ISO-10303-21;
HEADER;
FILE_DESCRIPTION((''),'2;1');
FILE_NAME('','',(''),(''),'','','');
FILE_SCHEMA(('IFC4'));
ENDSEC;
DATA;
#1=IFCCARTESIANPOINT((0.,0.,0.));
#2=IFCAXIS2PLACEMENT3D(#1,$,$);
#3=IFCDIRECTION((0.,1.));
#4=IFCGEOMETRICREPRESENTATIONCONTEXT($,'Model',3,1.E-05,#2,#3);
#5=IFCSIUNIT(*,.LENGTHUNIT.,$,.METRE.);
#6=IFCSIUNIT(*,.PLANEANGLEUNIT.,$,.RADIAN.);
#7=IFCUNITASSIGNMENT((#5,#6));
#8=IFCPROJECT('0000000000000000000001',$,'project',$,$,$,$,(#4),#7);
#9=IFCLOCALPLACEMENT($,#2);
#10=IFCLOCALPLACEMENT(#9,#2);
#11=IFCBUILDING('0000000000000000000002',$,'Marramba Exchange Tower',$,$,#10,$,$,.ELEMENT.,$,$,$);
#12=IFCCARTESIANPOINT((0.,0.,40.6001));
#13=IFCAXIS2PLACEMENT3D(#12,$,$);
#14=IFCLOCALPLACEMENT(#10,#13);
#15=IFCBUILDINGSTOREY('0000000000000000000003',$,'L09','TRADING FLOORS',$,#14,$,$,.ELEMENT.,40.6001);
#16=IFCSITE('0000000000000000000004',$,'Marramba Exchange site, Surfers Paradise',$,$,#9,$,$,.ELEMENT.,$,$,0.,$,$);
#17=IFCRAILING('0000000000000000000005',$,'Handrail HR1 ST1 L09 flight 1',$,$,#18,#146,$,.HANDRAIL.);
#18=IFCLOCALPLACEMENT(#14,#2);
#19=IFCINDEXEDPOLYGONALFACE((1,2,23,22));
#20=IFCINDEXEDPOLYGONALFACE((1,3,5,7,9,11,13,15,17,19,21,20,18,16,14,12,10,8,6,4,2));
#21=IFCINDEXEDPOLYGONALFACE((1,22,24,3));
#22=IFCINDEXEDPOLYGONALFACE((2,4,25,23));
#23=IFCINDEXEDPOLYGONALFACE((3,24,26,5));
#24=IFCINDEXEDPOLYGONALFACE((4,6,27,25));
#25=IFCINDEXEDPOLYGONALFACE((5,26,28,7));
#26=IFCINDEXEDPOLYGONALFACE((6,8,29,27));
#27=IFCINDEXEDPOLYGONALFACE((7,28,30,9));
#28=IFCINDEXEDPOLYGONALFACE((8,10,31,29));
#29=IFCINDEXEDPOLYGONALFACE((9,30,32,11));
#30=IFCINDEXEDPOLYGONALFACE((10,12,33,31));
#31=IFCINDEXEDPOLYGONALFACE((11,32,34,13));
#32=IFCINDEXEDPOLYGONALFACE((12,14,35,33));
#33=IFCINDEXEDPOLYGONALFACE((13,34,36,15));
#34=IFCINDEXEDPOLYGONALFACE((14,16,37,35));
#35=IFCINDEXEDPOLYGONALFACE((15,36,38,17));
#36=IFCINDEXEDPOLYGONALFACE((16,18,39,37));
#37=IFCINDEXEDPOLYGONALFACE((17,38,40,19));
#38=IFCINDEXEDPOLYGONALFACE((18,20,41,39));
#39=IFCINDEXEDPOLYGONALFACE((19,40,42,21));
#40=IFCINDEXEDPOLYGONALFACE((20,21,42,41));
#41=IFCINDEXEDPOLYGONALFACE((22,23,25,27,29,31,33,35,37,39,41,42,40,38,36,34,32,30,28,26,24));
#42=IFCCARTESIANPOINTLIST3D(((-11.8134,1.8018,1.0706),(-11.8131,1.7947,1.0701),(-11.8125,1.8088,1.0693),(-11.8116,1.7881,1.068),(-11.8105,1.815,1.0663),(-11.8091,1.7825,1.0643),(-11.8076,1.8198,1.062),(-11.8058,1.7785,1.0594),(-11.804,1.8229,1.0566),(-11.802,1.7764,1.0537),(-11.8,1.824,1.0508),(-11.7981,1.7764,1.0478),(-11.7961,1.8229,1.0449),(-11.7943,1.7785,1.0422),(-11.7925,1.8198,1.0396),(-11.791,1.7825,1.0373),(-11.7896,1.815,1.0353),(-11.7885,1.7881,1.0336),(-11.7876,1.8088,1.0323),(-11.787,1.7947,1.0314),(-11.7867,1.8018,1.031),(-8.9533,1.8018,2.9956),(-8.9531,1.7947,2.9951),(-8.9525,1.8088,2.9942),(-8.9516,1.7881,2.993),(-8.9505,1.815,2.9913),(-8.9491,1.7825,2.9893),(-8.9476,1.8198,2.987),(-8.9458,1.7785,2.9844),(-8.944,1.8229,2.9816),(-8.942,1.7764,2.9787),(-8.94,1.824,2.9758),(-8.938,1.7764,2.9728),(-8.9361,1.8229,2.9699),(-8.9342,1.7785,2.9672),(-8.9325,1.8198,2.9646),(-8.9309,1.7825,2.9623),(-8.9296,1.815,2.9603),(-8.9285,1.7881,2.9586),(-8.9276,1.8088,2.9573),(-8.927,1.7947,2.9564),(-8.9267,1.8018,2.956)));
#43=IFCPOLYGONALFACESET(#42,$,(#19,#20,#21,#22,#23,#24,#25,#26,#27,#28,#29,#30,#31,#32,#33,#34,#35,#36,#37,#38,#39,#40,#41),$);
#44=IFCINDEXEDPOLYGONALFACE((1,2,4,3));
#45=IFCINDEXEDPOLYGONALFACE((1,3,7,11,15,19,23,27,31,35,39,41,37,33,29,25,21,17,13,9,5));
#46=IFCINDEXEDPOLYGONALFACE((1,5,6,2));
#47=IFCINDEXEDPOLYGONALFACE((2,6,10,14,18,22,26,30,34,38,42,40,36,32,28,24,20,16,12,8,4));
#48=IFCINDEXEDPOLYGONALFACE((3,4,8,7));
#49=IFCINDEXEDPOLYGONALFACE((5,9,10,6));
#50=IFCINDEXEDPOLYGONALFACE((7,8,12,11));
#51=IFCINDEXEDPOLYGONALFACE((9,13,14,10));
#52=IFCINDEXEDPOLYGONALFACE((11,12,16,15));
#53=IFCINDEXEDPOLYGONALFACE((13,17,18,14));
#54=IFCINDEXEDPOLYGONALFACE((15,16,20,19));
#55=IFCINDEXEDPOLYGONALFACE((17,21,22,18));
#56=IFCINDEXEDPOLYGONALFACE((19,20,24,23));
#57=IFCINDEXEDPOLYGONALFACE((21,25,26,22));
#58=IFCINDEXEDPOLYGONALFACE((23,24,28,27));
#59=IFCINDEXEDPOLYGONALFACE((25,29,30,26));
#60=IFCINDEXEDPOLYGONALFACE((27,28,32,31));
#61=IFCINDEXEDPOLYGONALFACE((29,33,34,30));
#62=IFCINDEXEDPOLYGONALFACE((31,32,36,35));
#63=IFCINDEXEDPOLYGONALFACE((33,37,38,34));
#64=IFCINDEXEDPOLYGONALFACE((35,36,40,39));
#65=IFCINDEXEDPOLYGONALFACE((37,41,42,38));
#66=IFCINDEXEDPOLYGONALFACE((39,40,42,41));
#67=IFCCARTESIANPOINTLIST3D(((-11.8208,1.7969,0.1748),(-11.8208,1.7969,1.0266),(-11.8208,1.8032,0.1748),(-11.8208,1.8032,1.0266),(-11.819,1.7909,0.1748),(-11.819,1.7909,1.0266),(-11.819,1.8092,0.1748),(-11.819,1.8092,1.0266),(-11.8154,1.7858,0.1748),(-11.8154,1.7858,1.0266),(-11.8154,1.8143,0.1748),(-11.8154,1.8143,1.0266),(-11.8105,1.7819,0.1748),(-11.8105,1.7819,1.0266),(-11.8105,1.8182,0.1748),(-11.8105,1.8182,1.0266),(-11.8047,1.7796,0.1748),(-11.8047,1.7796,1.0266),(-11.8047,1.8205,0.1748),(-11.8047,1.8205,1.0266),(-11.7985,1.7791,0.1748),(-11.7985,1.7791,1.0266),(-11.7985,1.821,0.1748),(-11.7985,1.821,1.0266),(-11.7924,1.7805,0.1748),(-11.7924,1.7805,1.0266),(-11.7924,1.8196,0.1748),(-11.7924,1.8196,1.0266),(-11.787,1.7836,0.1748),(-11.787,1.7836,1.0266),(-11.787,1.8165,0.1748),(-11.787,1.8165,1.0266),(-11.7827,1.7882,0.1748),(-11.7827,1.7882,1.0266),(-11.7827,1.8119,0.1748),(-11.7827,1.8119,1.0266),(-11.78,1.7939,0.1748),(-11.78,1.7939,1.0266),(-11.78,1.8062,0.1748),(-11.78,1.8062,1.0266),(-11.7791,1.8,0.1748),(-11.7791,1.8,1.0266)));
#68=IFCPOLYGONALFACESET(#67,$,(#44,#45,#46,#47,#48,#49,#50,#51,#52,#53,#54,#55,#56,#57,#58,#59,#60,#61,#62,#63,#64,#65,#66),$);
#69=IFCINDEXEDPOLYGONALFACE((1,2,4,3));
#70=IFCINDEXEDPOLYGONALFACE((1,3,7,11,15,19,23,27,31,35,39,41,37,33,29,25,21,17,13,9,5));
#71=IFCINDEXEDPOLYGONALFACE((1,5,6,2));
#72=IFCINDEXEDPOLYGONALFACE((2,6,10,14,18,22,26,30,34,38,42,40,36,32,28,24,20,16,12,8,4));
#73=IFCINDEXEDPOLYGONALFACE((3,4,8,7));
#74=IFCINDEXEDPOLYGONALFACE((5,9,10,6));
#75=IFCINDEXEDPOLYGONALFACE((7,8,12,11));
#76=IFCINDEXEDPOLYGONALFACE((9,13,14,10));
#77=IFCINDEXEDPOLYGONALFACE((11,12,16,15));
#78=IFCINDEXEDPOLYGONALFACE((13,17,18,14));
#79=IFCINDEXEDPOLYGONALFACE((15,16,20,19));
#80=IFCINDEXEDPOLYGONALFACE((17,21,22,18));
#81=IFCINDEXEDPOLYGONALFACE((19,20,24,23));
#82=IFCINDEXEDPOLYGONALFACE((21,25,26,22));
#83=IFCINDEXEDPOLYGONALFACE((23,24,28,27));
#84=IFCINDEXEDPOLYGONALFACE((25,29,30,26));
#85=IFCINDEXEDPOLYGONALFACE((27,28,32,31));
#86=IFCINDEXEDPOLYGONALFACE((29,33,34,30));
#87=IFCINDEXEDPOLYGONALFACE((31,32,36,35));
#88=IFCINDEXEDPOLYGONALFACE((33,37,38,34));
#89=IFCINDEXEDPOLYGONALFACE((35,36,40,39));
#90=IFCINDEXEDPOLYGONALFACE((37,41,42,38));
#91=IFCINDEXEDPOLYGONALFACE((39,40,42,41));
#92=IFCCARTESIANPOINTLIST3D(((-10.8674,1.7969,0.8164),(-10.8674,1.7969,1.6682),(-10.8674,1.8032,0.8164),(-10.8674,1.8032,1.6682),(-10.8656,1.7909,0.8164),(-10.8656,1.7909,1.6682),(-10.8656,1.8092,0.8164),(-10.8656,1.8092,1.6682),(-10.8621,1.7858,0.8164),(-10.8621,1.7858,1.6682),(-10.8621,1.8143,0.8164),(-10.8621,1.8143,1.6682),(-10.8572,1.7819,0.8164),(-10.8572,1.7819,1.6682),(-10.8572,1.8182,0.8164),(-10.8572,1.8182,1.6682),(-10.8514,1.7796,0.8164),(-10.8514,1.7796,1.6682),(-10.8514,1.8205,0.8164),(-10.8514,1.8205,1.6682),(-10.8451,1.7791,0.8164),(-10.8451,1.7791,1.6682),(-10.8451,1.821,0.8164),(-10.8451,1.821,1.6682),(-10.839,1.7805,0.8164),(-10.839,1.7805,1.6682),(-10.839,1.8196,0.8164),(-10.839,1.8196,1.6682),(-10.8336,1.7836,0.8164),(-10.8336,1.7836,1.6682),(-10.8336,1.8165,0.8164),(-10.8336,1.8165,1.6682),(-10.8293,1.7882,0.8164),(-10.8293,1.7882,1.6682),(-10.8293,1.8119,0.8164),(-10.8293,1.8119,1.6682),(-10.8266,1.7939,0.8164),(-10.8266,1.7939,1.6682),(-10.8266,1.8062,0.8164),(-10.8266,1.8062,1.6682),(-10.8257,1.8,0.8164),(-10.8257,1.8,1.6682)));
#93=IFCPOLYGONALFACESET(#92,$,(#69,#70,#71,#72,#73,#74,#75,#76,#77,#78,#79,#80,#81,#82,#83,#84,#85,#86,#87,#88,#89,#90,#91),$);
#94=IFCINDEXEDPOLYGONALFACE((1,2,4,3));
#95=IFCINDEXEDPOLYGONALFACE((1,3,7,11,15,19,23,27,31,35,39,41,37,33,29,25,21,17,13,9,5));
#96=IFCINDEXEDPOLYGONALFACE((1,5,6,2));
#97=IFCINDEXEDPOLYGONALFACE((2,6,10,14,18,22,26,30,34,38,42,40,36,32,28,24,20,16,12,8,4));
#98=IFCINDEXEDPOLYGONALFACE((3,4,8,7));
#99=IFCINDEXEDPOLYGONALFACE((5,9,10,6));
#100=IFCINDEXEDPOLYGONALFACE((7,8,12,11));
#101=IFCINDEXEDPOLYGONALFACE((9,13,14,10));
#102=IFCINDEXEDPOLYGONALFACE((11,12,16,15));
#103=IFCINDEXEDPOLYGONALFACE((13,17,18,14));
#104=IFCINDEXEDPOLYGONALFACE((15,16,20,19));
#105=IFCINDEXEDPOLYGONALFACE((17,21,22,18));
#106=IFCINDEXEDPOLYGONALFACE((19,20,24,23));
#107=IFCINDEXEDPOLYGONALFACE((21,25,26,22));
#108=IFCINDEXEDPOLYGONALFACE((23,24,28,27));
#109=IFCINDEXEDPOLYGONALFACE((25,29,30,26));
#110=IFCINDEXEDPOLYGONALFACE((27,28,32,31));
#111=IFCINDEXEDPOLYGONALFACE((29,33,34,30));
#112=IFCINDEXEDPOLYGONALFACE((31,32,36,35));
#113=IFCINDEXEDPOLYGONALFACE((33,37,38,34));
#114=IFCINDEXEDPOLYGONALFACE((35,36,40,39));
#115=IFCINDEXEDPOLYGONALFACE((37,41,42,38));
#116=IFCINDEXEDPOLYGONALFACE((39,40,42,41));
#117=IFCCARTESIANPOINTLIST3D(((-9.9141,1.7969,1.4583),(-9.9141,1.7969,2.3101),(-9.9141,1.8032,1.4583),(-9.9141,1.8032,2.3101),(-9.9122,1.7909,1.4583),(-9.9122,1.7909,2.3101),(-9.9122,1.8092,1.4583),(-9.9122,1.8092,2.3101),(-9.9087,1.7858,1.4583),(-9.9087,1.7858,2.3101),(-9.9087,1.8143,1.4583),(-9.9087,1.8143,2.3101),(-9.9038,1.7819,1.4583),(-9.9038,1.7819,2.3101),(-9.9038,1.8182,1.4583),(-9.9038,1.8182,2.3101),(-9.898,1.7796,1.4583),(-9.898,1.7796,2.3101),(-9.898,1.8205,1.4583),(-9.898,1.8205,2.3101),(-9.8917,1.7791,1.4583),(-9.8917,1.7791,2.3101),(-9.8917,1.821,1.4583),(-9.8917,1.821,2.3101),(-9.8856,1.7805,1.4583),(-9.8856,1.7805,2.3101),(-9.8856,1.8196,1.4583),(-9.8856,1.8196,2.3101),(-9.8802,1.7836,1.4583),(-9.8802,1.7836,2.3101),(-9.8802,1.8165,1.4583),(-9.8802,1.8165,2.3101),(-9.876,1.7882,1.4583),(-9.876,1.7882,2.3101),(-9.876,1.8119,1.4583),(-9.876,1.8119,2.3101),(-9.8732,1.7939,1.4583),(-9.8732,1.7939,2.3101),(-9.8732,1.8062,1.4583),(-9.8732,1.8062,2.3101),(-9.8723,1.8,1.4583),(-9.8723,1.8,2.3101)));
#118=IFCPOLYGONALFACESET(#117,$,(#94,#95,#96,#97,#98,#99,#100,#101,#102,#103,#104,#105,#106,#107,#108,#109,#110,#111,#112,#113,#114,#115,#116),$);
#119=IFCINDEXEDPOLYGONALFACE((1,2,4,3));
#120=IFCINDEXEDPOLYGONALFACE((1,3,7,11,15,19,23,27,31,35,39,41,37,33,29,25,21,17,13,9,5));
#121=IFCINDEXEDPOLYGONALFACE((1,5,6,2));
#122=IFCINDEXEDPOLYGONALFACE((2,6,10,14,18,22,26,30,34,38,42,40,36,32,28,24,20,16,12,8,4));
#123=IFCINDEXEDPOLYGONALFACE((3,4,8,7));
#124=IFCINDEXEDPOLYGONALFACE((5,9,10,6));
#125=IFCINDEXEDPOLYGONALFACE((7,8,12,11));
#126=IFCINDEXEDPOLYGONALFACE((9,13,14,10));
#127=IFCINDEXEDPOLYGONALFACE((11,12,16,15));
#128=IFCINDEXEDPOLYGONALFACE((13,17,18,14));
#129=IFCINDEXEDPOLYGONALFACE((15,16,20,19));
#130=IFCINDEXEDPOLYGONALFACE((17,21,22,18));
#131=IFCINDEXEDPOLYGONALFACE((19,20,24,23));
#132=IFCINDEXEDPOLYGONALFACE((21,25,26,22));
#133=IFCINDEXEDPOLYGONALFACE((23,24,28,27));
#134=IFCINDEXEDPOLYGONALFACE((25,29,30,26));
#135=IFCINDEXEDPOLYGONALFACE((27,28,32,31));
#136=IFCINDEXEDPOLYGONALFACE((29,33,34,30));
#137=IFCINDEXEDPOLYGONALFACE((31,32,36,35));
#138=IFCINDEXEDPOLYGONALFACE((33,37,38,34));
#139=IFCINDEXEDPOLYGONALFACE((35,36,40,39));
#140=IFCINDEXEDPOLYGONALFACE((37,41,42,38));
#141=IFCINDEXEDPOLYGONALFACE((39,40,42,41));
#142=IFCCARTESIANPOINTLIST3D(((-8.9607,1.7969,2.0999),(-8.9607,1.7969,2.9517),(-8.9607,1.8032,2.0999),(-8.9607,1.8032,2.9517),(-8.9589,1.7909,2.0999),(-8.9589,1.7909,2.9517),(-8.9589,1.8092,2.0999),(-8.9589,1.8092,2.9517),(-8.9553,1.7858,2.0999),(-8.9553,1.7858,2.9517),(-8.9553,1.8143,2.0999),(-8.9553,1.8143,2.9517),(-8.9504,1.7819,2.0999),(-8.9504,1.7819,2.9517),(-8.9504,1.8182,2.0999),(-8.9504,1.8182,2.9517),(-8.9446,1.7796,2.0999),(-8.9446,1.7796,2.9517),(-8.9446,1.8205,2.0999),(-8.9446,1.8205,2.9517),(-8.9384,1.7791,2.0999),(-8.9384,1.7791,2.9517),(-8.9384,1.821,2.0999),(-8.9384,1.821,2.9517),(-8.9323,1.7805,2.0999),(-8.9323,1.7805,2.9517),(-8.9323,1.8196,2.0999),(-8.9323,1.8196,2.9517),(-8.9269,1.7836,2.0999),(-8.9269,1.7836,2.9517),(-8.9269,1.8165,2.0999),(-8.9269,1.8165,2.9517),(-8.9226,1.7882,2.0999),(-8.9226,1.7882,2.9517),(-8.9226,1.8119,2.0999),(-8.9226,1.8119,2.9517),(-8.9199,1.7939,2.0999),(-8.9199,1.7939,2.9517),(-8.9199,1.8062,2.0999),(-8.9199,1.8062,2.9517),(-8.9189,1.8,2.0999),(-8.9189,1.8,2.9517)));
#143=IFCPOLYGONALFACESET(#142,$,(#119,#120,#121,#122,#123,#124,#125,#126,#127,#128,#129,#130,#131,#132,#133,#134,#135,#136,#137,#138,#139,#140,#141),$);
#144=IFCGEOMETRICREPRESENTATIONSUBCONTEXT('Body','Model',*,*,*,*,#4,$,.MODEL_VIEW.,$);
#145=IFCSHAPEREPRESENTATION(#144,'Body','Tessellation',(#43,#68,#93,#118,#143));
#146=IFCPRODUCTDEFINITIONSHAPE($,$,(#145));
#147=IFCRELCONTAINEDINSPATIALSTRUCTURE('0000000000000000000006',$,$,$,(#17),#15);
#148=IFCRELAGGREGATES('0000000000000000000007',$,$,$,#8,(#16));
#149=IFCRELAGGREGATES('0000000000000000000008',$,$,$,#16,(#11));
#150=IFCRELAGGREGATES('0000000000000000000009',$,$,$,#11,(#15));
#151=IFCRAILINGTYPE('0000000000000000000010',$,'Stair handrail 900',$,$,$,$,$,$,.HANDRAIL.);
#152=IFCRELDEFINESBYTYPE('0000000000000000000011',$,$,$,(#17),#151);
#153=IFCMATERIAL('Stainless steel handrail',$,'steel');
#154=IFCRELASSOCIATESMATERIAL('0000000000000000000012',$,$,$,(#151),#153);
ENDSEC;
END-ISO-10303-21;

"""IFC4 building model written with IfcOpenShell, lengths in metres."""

from ifc_helpers import new_model, si_unit, direction, frame, origin, origin_2d, place, context, subcontext, project, spatial, circle, extrude, material, type_object, element, save


model = new_model("IFC4")

# Units and contexts
model_context = context("Model", 3, precision=1e-05, world=origin(), true_north=direction((0.0, 1.0)))
body_context = subcontext(model_context, "Body", "Model", "MODEL_VIEW")
ifc_project = project(units=[si_unit("LENGTHUNIT", "METRE"), si_unit("PLANEANGLEUNIT", "RADIAN")], contexts=[model_context])

# Site, building, storey
site_placement = place(None, origin())
site = spatial("IfcSite", under=ifc_project, at=site_placement, Name="Marramba Exchange site, Surfers Paradise", CompositionType="ELEMENT", RefElevation=0.0)
building_placement = place(site_placement, origin())
building = spatial("IfcBuilding", under=site, at=building_placement, Name="Marramba Exchange Tower", CompositionType="ELEMENT")
storey_placement = place(building_placement, frame((0.0, 0.0, 40.6001)))
storey = spatial("IfcBuildingStorey", under=building, at=storey_placement, Name="L09", Description="TRADING FLOORS", CompositionType="ELEMENT", Elevation=40.6001)

# Railing
ifc_material_1 = material(Name="Stainless steel handrail", Category="steel")
railing_type = type_object("IfcRailingType", Name="Stair handrail 900", PredefinedType="HANDRAIL", material=ifc_material_1)
railing_1_placement = place(storey_placement, frame((-11.8, 1.8, 0.1748)))
element("IfcRailing", 1, at=railing_1_placement, inside=storey, type_object=railing_type, Name="Handrail HR1 ST1 L09 flight 1", PredefinedType="HANDRAIL", context=body_context, shape_type="SweptSolid", body=[
    extrude(circle(Radius=0.0239, at=origin_2d()), frame((0.0, 0.0, 0.876), z_axis=(0.829591, 0.0, 0.558372), x_axis=(0.0, 1.0, 0.0)), (0.0, 0.0, 1.0), 3.4475),
    extrude(circle(Radius=0.021, at=origin_2d()), origin(), (0.0, 0.0, 1.0), 0.8518),
    extrude(circle(Radius=0.021, at=origin_2d()), frame((0.9534, 0.0, 0.6416)), (0.0, 0.0, 1.0), 0.8518),
    extrude(circle(Radius=0.021, at=origin_2d()), frame((1.9067, 0.0, 1.2834)), (0.0, 0.0, 1.0), 0.8518),
    extrude(circle(Radius=0.021, at=origin_2d()), frame((2.8601, 0.0, 1.925)), (0.0, 0.0, 1.0), 0.8518),
])

save(model, "model.ifc")
